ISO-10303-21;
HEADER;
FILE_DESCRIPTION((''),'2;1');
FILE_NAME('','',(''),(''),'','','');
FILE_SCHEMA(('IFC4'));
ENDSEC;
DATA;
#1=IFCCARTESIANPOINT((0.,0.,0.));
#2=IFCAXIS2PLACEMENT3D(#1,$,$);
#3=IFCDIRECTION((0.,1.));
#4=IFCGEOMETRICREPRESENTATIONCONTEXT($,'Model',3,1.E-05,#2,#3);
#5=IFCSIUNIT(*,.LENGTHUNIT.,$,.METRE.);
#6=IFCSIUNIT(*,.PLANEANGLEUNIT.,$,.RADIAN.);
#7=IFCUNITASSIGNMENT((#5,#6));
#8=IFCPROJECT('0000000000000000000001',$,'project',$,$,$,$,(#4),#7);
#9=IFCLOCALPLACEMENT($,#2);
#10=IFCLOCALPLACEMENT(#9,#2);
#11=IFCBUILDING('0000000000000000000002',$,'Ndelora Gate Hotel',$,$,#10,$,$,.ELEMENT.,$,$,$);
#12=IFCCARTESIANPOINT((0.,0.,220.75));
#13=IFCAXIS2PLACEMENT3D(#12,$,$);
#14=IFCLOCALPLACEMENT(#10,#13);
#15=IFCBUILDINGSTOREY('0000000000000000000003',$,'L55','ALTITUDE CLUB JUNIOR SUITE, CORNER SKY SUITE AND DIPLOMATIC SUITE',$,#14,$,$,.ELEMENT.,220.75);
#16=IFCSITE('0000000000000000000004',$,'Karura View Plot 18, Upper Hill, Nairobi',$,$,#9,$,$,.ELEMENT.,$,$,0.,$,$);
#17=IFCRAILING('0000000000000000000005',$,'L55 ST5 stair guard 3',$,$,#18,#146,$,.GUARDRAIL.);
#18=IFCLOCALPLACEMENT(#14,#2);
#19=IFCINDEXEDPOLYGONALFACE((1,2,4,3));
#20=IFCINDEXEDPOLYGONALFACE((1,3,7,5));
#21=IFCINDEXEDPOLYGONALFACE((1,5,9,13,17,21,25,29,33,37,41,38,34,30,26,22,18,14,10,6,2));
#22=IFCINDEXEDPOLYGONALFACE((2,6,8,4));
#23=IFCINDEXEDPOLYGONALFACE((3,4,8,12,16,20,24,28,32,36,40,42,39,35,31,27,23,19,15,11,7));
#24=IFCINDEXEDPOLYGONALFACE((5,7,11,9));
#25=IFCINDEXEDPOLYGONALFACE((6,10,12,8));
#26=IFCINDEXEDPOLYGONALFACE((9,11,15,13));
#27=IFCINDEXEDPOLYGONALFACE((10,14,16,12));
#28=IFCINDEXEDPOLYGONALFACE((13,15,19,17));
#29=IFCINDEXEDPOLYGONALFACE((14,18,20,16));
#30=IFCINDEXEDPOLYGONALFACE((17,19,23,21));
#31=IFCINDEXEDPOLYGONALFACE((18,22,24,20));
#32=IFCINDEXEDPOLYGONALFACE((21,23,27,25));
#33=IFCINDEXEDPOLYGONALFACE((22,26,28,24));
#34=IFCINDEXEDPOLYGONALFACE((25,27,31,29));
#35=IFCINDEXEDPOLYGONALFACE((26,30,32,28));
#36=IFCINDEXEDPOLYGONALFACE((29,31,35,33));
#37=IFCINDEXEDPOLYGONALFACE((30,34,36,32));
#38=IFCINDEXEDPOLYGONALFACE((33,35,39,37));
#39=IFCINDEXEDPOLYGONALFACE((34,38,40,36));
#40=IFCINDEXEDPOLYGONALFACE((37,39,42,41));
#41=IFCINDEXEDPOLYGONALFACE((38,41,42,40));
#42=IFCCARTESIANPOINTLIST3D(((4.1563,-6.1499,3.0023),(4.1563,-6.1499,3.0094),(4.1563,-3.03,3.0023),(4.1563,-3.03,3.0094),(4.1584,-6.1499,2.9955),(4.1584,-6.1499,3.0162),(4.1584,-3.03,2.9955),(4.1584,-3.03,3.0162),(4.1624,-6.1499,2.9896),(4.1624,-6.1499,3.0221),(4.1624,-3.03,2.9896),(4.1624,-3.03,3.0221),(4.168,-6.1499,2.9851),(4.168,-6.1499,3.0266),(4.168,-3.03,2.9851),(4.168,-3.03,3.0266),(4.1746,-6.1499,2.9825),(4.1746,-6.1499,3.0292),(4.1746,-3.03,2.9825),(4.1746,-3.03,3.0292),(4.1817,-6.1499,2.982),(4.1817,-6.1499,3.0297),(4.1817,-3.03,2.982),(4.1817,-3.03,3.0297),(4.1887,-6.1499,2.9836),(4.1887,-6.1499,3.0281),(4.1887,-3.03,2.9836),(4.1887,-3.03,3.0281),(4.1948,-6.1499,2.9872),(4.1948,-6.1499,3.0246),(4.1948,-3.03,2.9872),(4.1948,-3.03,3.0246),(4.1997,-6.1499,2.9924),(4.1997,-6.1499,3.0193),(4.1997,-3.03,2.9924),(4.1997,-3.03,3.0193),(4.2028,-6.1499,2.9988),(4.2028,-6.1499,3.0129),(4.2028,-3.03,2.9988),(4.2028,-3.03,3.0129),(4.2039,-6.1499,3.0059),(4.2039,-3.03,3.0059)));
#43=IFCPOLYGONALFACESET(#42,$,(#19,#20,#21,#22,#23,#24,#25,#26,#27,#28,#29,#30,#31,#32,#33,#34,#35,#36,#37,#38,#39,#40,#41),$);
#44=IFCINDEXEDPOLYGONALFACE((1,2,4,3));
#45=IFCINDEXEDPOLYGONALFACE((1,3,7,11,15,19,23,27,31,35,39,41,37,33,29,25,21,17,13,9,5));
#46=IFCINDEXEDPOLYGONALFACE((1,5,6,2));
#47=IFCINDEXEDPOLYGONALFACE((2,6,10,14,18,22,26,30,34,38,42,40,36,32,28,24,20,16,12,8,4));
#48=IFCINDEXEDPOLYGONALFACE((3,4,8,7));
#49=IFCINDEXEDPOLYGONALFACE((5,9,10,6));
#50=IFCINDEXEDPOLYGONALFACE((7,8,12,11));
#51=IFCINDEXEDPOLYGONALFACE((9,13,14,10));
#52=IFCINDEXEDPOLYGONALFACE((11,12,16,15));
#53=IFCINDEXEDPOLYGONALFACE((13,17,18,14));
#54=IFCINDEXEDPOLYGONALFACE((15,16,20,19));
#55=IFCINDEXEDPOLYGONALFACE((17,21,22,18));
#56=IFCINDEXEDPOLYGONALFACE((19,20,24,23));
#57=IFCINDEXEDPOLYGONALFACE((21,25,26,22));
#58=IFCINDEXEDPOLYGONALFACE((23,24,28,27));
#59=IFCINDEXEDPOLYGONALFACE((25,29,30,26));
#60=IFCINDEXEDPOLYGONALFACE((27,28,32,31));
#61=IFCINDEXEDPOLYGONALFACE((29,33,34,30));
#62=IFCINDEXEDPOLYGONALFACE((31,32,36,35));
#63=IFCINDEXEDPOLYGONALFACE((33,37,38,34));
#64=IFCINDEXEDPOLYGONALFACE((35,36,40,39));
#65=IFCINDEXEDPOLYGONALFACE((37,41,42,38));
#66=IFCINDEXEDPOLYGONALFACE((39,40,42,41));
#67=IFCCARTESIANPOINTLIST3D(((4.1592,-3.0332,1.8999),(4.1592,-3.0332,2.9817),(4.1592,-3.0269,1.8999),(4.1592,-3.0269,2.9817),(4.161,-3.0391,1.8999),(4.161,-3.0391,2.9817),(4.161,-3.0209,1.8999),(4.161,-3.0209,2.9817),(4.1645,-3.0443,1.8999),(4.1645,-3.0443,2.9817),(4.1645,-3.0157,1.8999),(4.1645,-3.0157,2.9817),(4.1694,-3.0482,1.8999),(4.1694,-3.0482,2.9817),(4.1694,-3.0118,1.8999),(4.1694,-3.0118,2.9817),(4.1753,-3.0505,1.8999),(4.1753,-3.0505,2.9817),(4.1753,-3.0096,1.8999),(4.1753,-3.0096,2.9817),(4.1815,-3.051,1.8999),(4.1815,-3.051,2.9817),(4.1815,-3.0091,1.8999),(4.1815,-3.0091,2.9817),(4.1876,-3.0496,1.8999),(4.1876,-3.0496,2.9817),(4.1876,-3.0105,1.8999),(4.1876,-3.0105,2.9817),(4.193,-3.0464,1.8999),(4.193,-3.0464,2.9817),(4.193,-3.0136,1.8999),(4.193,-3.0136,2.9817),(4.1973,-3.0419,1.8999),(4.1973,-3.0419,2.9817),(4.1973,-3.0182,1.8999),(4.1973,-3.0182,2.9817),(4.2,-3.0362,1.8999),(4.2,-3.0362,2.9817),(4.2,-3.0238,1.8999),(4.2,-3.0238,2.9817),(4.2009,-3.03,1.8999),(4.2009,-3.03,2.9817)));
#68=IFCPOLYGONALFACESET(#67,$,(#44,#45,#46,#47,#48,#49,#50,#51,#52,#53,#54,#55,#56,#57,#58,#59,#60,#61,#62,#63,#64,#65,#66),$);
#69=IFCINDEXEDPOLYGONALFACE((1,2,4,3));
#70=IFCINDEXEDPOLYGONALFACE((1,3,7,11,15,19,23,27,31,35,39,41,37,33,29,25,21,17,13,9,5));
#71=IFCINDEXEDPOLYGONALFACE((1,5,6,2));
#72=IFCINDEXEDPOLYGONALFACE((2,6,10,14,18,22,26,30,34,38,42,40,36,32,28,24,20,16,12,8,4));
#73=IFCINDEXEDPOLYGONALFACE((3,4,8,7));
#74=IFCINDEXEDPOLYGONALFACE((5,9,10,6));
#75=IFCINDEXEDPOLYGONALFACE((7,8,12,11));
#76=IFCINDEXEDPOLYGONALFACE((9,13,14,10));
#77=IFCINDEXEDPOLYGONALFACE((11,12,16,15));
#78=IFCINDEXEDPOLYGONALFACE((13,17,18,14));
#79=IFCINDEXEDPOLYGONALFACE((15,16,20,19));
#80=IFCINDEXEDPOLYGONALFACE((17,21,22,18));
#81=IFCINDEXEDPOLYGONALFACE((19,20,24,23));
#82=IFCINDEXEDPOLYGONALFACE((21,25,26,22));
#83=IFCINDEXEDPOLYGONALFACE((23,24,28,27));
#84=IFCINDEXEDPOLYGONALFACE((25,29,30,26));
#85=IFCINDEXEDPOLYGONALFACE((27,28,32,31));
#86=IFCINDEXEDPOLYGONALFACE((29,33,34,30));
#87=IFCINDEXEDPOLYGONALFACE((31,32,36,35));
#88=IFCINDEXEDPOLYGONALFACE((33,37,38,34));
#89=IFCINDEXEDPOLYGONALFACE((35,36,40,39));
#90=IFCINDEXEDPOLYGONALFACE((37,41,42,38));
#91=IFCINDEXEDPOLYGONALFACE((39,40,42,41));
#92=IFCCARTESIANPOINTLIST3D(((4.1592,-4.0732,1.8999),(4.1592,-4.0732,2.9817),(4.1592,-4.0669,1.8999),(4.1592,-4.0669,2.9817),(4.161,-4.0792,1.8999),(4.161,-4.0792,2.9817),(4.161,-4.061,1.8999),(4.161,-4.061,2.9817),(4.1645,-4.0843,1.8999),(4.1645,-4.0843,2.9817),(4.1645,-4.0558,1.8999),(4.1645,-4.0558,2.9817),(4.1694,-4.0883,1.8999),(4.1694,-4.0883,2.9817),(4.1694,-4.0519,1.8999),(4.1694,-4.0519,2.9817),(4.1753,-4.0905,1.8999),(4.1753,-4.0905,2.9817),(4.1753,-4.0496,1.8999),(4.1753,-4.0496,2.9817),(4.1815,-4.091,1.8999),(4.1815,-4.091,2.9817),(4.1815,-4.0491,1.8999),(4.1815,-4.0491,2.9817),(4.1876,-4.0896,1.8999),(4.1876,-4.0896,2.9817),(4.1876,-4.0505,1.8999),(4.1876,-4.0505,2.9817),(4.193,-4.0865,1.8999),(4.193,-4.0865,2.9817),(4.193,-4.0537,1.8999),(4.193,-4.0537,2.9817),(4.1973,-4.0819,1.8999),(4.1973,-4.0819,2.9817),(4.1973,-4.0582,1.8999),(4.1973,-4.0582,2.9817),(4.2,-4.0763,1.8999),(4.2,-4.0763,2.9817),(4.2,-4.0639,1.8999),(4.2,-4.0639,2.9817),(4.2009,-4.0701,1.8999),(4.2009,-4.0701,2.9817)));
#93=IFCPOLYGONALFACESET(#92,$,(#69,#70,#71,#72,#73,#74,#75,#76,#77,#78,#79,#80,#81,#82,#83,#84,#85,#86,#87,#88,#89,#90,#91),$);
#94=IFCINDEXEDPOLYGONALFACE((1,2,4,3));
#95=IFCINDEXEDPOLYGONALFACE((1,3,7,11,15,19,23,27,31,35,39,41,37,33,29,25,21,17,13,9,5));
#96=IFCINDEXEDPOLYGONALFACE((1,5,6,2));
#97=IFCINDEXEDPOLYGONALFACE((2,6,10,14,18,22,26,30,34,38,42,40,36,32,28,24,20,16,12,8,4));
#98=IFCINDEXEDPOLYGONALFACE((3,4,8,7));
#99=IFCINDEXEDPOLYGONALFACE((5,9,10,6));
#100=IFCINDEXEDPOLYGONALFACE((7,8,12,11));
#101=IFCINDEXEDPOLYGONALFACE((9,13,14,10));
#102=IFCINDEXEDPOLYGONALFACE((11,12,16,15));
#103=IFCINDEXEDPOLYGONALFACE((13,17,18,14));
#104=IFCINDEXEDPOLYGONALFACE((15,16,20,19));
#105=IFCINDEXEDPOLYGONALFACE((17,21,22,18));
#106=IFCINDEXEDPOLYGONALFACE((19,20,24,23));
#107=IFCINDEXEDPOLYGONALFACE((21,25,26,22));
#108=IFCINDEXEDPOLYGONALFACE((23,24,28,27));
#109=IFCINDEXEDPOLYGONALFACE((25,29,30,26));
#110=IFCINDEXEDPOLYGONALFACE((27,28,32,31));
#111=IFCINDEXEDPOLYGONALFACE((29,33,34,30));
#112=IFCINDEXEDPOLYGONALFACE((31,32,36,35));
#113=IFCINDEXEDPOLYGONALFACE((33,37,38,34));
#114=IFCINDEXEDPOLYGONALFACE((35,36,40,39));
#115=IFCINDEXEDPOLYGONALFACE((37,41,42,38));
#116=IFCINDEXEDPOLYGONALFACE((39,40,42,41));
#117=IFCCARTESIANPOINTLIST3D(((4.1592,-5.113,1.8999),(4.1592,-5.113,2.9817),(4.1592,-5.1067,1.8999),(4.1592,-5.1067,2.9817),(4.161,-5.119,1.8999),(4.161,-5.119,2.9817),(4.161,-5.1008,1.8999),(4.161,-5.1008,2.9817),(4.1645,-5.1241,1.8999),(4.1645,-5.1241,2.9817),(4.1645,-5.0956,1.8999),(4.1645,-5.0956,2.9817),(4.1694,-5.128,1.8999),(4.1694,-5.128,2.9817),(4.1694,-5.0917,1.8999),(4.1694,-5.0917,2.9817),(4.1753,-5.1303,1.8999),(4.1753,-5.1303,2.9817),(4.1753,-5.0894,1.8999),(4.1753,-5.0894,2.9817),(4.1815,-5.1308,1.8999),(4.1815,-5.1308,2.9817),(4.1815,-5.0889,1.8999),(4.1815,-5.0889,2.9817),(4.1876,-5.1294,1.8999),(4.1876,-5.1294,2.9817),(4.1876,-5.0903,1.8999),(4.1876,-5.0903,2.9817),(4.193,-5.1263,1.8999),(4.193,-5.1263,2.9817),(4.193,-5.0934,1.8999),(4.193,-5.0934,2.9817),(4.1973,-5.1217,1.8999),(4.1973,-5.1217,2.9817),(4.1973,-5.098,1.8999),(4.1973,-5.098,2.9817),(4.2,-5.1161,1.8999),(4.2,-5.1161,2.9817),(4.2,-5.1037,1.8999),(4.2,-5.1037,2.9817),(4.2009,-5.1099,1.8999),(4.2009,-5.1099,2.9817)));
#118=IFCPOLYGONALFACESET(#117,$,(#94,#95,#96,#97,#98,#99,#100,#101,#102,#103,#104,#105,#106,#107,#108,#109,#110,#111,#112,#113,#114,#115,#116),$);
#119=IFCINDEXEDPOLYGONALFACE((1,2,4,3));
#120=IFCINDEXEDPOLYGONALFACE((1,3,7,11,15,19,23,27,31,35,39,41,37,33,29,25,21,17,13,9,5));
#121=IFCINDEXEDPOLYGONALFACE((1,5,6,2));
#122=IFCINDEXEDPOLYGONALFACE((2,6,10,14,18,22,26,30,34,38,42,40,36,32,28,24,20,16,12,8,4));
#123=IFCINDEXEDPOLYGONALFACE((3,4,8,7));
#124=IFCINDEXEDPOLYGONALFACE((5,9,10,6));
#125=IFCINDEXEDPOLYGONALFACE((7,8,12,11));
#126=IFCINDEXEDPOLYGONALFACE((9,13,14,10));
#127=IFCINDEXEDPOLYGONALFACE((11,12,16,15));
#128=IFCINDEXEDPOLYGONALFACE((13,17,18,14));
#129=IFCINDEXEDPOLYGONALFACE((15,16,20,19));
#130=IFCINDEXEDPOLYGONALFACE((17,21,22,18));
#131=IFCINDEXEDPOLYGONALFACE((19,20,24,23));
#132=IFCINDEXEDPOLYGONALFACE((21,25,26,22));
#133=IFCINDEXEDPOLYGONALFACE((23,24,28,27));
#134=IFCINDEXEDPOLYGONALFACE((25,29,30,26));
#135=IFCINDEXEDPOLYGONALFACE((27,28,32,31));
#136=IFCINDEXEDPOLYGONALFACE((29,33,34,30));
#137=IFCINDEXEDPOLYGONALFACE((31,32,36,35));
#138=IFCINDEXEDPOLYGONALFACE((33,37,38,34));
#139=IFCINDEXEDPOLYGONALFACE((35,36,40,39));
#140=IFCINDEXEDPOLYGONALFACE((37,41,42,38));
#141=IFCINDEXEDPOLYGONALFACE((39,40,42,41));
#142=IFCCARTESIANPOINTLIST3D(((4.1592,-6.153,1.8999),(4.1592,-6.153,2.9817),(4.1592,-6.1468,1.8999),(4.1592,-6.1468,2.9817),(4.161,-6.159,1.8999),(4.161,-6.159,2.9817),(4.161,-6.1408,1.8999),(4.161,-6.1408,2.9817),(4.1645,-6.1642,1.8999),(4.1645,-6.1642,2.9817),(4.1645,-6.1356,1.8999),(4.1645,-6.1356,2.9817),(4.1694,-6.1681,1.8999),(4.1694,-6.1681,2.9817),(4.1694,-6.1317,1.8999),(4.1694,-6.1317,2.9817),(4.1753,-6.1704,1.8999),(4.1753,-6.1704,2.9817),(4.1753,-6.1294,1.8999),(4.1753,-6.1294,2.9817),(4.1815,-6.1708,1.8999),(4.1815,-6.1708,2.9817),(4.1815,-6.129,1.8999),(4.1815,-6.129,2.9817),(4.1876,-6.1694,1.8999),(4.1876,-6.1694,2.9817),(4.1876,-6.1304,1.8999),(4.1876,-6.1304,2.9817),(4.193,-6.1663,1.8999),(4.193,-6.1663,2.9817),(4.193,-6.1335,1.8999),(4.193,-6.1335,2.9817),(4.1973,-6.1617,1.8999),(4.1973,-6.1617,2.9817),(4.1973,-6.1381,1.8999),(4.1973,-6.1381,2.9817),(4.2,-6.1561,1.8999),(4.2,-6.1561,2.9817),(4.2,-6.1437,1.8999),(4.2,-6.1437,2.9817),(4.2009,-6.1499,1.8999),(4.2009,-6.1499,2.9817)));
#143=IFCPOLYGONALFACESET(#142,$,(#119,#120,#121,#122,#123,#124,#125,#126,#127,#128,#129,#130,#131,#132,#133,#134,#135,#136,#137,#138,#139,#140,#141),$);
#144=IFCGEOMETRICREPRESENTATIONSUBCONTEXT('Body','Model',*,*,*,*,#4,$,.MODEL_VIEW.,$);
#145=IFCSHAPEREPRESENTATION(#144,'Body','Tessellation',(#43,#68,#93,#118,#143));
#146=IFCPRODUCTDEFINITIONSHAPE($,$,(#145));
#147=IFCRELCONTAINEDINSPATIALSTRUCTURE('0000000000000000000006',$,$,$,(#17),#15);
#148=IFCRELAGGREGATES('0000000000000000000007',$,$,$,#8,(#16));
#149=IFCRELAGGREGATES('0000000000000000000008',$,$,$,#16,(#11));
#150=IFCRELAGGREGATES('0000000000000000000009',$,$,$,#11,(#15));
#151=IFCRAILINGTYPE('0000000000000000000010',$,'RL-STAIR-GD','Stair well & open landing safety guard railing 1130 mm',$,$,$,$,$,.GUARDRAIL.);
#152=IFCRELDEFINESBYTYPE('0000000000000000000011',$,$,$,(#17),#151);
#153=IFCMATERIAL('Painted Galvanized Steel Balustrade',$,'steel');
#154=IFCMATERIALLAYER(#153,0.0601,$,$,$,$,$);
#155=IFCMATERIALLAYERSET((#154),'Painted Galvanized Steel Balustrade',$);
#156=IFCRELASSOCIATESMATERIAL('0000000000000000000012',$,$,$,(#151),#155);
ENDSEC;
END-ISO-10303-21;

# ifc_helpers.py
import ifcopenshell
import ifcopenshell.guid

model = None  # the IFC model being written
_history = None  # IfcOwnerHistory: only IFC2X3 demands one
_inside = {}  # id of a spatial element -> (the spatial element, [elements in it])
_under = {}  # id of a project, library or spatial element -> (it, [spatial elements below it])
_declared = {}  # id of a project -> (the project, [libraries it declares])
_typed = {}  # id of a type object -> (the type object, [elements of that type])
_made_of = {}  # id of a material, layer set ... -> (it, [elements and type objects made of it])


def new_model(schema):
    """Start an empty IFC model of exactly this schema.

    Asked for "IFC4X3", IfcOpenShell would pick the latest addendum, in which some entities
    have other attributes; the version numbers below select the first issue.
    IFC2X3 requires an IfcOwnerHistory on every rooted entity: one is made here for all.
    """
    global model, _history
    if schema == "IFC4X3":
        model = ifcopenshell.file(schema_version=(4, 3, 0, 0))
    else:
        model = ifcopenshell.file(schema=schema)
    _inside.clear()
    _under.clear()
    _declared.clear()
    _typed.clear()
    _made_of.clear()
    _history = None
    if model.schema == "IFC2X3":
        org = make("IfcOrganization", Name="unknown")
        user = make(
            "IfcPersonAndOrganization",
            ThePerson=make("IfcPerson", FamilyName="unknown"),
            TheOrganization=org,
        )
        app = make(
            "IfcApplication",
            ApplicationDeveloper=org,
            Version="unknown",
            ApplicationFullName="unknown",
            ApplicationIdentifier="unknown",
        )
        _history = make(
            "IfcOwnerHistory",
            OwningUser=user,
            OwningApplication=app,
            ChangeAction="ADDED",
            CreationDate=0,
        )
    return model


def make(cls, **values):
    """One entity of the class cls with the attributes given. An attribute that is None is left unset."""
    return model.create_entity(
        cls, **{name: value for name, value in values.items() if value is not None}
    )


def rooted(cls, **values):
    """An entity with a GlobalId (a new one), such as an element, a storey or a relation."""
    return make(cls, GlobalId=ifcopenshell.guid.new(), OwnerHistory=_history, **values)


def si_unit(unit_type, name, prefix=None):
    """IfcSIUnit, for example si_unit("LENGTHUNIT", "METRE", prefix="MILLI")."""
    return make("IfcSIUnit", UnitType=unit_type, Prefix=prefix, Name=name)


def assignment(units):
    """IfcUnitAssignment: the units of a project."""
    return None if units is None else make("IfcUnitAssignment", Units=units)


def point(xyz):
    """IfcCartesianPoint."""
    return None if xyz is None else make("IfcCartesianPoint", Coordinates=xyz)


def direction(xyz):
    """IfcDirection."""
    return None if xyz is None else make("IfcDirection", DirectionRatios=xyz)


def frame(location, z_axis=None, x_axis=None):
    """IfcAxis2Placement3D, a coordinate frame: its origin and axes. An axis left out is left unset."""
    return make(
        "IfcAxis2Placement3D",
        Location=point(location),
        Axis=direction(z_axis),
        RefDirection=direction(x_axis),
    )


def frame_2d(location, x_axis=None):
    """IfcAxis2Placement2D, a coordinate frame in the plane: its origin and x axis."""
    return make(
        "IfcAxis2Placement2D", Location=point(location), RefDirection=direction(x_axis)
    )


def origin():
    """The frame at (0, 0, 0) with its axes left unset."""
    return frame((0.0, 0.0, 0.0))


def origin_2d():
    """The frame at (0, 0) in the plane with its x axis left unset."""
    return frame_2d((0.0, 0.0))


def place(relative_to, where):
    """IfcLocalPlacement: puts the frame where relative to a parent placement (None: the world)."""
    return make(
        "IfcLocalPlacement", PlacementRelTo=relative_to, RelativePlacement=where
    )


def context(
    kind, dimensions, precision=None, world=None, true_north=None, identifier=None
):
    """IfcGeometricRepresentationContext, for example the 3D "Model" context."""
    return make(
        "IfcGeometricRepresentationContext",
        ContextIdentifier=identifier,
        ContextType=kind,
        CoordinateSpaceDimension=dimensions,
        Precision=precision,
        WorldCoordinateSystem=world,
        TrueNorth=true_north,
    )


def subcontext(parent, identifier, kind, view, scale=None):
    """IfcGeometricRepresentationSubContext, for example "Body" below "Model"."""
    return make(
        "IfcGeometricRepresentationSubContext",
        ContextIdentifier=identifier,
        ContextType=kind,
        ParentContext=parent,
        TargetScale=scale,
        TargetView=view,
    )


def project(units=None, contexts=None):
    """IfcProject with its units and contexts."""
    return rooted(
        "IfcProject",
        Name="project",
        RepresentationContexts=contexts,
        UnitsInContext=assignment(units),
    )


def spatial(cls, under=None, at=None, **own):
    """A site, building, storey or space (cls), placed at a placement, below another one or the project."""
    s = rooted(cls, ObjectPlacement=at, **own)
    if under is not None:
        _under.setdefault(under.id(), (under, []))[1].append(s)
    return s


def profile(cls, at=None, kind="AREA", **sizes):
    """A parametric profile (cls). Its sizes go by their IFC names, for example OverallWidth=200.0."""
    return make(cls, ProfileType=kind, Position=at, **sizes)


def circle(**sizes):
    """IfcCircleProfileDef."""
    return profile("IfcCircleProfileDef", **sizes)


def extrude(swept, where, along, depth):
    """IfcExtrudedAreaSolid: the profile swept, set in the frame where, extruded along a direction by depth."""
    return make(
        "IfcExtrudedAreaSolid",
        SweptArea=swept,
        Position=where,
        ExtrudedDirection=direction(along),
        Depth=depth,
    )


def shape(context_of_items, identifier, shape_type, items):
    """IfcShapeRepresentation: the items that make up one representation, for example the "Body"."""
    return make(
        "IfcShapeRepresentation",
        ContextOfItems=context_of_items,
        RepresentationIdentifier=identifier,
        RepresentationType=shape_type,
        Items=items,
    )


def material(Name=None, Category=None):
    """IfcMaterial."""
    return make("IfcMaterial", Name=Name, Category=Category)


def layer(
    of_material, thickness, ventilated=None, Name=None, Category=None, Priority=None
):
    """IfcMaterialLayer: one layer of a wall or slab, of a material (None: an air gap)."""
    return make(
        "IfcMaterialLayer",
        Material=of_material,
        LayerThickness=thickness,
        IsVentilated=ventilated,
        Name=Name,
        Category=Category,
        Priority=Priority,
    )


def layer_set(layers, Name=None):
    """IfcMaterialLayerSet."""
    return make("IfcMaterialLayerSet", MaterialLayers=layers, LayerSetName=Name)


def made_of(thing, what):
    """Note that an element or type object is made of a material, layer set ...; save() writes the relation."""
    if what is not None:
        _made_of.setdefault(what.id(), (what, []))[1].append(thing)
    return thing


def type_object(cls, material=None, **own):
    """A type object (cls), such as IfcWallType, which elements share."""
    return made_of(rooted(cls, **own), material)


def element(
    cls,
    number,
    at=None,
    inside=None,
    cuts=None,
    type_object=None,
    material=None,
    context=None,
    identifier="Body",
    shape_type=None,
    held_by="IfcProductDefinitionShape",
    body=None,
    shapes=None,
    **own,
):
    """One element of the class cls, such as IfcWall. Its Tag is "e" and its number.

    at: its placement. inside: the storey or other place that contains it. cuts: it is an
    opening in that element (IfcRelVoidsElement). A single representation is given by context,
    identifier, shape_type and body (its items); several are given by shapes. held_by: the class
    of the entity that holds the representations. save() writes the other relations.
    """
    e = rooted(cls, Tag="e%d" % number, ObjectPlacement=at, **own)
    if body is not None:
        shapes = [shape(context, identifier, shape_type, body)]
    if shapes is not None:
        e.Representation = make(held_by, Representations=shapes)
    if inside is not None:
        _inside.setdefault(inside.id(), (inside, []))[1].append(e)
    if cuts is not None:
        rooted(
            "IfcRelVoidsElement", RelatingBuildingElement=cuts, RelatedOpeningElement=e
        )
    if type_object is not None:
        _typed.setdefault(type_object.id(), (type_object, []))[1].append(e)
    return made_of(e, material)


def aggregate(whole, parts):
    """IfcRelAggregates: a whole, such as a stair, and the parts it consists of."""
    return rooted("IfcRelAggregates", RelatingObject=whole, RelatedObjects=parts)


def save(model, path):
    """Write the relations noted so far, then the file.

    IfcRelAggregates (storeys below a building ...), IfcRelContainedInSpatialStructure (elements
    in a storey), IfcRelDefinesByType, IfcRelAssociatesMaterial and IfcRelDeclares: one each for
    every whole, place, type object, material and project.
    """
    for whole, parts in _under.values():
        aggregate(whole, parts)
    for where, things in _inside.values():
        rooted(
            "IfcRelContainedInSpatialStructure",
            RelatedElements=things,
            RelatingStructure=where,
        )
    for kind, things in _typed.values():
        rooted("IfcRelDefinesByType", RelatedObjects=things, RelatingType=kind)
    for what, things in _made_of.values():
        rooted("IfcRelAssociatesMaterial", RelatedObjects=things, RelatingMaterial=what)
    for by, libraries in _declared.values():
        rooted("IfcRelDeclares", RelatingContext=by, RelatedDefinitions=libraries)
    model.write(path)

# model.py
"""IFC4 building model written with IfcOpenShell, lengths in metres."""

from ifc_helpers import new_model, si_unit, direction, frame, origin, origin_2d, place, context, subcontext, project, spatial, circle, extrude, material, layer, layer_set, type_object, element, save


model = new_model("IFC4")

# Units and contexts
model_context = context("Model", 3, precision=1e-05, world=origin(), true_north=direction((0.0, 1.0)))
body_context = subcontext(model_context, "Body", "Model", "MODEL_VIEW")
ifc_project = project(units=[si_unit("LENGTHUNIT", "METRE"), si_unit("PLANEANGLEUNIT", "RADIAN")], contexts=[model_context])

# Site, building, storey
site_placement = place(None, origin())
site = spatial("IfcSite", under=ifc_project, at=site_placement, Name="Karura View Plot 18, Upper Hill, Nairobi", CompositionType="ELEMENT", RefElevation=0.0)
building_placement = place(site_placement, origin())
building = spatial("IfcBuilding", under=site, at=building_placement, Name="Ndelora Gate Hotel", CompositionType="ELEMENT")
storey_placement = place(building_placement, frame((0.0, 0.0, 220.75)))
storey = spatial("IfcBuildingStorey", under=building, at=storey_placement, Name="L55", Description="ALTITUDE CLUB JUNIOR SUITE, CORNER SKY SUITE AND DIPLOMATIC SUITE", CompositionType="ELEMENT", Elevation=220.75)

# Railing
ifc_material_1 = material(Name="Painted Galvanized Steel Balustrade", Category="steel")
ifc_layer_1 = layer(ifc_material_1, 0.0601)
ifc_layer_set_1 = layer_set([ifc_layer_1], Name="Painted Galvanized Steel Balustrade")
railing_type_1 = type_object("IfcRailingType", Name="RL-STAIR-GD", Description="Stair well & open landing safety guard railing 1130 mm", PredefinedType="GUARDRAIL", material=ifc_layer_set_1)
for number, where, name in (
    (1, (4.1799, -3.03, 1.8999), "L55 ST5 stair guard 3"),
):
    element("IfcRailing", number, at=place(storey_placement, frame(where)), inside=storey, type_object=railing_type_1, Name=name, PredefinedType="GUARDRAIL", context=body_context, shape_type="SweptSolid", body=[
        extrude(circle(Radius=0.0239, at=origin_2d()), frame((0.0, 0.0, 1.106), z_axis=(0.0, -1.0, 0.0), x_axis=(1.0, 0.0, 0.0)), (0.0, 0.0, 1.0), 3.1199),
        extrude(circle(Radius=0.021, at=origin_2d()), origin(), (0.0, 0.0, 1.0), 1.0818),
        extrude(circle(Radius=0.021, at=origin_2d()), frame((0.0, -1.04, 0.0)), (0.0, 0.0, 1.0), 1.0818),
        extrude(circle(Radius=0.021, at=origin_2d()), frame((0.0, -2.0798, 0.0)), (0.0, 0.0, 1.0), 1.0818),
        extrude(circle(Radius=0.021, at=origin_2d()), frame((0.0, -3.1199, 0.0)), (0.0, 0.0, 1.0), 1.0818),
    ])

save(model, "model.ifc")
